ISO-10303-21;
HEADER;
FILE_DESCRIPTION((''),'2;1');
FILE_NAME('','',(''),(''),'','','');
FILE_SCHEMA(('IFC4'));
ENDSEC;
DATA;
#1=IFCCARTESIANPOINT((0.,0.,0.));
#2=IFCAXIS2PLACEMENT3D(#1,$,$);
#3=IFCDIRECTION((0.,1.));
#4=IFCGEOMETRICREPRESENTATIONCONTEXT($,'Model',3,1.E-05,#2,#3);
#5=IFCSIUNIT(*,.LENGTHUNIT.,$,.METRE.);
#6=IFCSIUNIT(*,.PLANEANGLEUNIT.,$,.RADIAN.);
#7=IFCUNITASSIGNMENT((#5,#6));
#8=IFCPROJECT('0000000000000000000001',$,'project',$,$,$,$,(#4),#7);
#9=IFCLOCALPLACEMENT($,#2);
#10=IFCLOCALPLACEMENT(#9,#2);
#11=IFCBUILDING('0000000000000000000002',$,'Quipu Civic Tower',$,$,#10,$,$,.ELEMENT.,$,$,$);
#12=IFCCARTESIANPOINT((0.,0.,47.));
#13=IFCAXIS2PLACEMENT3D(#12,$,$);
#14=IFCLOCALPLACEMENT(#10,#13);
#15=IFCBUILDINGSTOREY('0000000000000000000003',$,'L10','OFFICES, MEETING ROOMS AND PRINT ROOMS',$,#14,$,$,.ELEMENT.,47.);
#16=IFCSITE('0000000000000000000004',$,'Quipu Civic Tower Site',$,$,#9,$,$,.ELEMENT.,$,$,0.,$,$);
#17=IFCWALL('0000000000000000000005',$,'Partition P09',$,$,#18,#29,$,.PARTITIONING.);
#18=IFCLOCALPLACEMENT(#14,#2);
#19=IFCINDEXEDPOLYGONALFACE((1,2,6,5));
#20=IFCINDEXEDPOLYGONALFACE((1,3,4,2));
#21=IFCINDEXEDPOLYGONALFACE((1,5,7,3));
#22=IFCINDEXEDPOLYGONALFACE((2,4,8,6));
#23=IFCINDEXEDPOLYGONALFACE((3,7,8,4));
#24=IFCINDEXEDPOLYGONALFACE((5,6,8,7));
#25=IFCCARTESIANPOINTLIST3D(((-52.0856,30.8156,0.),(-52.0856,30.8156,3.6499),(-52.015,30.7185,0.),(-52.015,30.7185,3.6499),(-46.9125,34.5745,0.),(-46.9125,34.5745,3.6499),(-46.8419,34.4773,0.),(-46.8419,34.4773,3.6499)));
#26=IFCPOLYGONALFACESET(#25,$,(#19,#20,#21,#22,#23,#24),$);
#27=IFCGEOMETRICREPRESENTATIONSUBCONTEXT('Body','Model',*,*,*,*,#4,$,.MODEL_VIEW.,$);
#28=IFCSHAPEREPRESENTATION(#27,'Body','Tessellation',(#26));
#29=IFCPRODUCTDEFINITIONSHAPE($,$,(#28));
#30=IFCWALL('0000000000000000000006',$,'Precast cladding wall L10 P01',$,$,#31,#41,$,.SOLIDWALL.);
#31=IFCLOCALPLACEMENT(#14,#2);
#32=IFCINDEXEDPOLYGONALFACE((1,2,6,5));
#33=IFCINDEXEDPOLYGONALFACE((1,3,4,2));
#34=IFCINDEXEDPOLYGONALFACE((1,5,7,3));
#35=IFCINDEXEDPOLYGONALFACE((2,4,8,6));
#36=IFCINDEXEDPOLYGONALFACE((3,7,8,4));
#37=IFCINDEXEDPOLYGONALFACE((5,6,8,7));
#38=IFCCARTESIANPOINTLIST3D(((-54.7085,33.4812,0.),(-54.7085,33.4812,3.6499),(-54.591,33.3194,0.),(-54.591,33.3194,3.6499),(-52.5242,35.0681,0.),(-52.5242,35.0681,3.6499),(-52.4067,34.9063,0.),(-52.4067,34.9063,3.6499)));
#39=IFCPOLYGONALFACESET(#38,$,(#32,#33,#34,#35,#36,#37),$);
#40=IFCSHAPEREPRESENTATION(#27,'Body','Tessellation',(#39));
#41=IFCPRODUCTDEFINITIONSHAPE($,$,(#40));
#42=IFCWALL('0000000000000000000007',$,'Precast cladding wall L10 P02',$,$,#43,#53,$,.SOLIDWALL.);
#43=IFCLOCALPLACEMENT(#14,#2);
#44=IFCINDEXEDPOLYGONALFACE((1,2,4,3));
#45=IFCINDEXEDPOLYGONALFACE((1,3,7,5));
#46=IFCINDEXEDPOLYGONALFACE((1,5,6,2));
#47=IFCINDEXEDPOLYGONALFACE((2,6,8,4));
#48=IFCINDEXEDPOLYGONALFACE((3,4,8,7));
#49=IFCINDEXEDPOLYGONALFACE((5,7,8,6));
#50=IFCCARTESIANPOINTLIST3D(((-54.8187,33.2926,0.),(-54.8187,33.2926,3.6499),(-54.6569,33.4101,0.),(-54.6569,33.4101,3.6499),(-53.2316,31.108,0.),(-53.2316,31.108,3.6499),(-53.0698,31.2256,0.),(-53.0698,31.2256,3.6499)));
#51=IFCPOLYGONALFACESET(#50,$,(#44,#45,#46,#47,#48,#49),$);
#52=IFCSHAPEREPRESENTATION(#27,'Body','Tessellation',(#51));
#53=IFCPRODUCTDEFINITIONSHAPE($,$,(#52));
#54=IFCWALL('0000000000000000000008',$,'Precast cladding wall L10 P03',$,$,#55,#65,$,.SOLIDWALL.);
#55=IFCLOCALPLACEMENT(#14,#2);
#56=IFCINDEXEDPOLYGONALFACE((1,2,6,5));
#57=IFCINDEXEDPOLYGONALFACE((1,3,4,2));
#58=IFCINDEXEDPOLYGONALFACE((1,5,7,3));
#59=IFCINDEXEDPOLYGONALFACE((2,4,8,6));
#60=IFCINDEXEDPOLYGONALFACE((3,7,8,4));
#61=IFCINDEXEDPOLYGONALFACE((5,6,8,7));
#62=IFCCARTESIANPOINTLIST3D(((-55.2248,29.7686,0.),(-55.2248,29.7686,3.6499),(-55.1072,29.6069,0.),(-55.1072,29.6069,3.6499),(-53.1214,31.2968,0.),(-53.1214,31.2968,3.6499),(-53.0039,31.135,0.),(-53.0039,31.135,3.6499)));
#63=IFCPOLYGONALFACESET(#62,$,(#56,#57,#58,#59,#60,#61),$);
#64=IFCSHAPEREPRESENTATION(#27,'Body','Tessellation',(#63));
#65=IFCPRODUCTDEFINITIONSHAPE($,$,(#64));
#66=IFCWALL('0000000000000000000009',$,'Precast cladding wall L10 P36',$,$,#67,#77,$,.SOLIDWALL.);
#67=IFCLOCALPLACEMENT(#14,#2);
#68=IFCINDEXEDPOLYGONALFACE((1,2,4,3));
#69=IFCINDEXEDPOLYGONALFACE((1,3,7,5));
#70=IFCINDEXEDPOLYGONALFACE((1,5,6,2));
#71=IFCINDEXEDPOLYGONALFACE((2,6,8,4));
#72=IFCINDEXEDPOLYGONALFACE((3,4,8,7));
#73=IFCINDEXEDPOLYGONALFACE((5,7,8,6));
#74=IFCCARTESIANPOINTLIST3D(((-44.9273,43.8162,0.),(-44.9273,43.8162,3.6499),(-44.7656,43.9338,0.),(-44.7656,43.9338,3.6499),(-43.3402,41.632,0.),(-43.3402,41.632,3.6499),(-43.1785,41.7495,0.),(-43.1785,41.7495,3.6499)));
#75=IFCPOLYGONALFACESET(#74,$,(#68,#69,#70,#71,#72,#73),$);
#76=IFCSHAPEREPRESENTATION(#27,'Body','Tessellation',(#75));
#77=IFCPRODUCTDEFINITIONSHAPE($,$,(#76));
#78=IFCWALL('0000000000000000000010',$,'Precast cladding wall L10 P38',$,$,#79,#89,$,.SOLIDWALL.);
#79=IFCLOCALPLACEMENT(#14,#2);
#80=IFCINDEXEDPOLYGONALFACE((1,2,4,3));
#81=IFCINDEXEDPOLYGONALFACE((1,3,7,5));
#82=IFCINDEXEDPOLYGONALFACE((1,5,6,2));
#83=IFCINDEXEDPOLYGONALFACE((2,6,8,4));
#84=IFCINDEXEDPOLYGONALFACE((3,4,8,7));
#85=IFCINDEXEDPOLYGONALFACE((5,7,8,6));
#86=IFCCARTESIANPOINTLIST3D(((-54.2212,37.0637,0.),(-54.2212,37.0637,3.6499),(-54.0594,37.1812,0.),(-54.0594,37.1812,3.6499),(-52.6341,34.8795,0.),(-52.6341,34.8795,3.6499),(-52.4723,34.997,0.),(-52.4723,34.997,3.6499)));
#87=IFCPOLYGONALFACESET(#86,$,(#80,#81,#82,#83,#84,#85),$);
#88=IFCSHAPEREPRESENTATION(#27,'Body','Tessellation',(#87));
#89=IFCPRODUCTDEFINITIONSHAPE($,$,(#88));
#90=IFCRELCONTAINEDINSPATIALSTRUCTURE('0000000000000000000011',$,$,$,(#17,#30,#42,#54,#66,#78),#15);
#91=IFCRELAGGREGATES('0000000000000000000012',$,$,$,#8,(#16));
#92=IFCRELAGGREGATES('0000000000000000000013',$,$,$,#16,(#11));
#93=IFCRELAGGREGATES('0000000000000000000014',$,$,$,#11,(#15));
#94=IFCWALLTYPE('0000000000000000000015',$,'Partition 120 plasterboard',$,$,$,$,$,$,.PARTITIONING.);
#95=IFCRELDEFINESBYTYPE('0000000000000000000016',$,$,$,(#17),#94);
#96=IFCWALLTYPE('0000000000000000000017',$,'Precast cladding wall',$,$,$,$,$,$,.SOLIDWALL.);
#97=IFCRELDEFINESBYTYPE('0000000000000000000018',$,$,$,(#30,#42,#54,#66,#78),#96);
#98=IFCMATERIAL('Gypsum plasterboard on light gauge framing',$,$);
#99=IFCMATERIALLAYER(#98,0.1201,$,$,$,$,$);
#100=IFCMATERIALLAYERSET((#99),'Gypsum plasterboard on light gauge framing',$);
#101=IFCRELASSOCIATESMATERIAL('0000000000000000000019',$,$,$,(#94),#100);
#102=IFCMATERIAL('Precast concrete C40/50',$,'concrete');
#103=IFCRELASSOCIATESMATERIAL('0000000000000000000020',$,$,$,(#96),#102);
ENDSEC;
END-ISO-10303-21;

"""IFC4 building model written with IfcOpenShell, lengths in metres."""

from ifc_helpers import new_model, si_unit, direction, frame, frame_2d, origin, place, context, subcontext, project, spatial, rectangle, extrude, material, layer, layer_set, type_object, element, save


model = new_model("IFC4")

# Units and contexts
model_context = context("Model", 3, precision=1e-05, world=origin(), true_north=direction((0.0, 1.0)))
body_context = subcontext(model_context, "Body", "Model", "MODEL_VIEW")
ifc_project = project(units=[si_unit("LENGTHUNIT", "METRE"), si_unit("PLANEANGLEUNIT", "RADIAN")], contexts=[model_context])

# Site, building, storey
site_placement = place(None, origin())
site = spatial("IfcSite", under=ifc_project, at=site_placement, Name="Quipu Civic Tower Site", CompositionType="ELEMENT", RefElevation=0.0)
building_placement = place(site_placement, origin())
building = spatial("IfcBuilding", under=site, at=building_placement, Name="Quipu Civic Tower", CompositionType="ELEMENT")
storey_placement = place(building_placement, frame((0.0, 0.0, 47.0)))
storey = spatial("IfcBuildingStorey", under=building, at=storey_placement, Name="L10", Description="OFFICES, MEETING ROOMS AND PRINT ROOMS", CompositionType="ELEMENT", Elevation=47.0)

# Walls
ifc_material_1 = material(Name="Gypsum plasterboard on light gauge framing")
ifc_layer_1 = layer(ifc_material_1, 0.1201)
ifc_layer_set_1 = layer_set([ifc_layer_1], Name="Gypsum plasterboard on light gauge framing")
wall_type_1 = type_object("IfcWallType", Name="Partition 120 plasterboard", PredefinedType="PARTITIONING", material=ifc_layer_set_1)
wall_1_placement = place(storey_placement, frame((-46.8772, 34.5259, 0.0), z_axis=(0.0, 0.0, 1.0), x_axis=(-0.808994, -0.587817, 0.0)))
element("IfcWall", 1, at=wall_1_placement, inside=storey, type_object=wall_type_1, Name="Partition P09", PredefinedType="PARTITIONING", context=body_context, shape_type="SweptSolid", body=[
    extrude(rectangle(XDim=6.3945, YDim=0.1201, at=frame_2d((3.1973, 0.0))), origin(), (0.0, 0.0, 1.0), 3.6499),
])
ifc_material_2 = material(Name="Precast concrete C40/50", Category="concrete")
wall_type_2 = type_object("IfcWallType", Name="Precast cladding wall", PredefinedType="SOLIDWALL", material=ifc_material_2)
wall_2_placement = place(storey_placement, frame((-52.4653, 34.9873, 0.0), z_axis=(0.0, 0.0, 1.0), x_axis=(-0.809033, -0.587763, 0.0)))
element("IfcWall", 2, at=wall_2_placement, inside=storey, type_object=wall_type_2, Name="Precast cladding wall L10 P01", PredefinedType="SOLIDWALL", context=body_context, shape_type="SweptSolid", body=[
    extrude(rectangle(XDim=2.7, YDim=0.2, at=frame_2d((1.3501, 0.0))), origin(), (0.0, 0.0, 1.0), 3.6499),
])
wall_3_placement = place(storey_placement, frame((-54.7378, 33.3513, 0.0), z_axis=(0.0, 0.0, 1.0), x_axis=(0.587779, -0.809021, 0.0)))
element("IfcWall", 3, at=wall_3_placement, inside=storey, type_object=wall_type_2, Name="Precast cladding wall L10 P02", PredefinedType="SOLIDWALL", context=body_context, shape_type="SweptSolid", body=[
    extrude(rectangle(XDim=2.7002, YDim=0.2, at=frame_2d((1.3501, 0.0))), origin(), (0.0, 0.0, 1.0), 3.6499),
])
wall_4_placement = place(storey_placement, frame((-53.0627, 31.2158, 0.0), z_axis=(0.0, 0.0, 1.0), x_axis=(-0.809024, -0.587775, 0.0)))
element("IfcWall", 4, at=wall_4_placement, inside=storey, type_object=wall_type_2, Name="Precast cladding wall L10 P03", PredefinedType="SOLIDWALL", context=body_context, shape_type="SweptSolid", body=[
    extrude(rectangle(XDim=2.5999, YDim=0.2, at=frame_2d((1.2998, 0.0))), origin(), (0.0, 0.0, 1.0), 3.6499),
])
for number, where, z_axis, x_axis, name in (
    (5, (-43.2593, 41.6907, 0.0), (0.0, 0.0, 1.0), (-0.587822, 0.80899, 0.0), "Precast cladding wall L10 P36"),
    (6, (-54.1404, 37.1226, 0.0), (0.0, 0.0, 1.0), (0.587822, -0.80899, 0.0), "Precast cladding wall L10 P38"),
):
    element("IfcWall", number, at=place(storey_placement, frame(where, z_axis=z_axis, x_axis=x_axis)), inside=storey, type_object=wall_type_2, Name=name, PredefinedType="SOLIDWALL", context=body_context, shape_type="SweptSolid", body=[
        extrude(rectangle(XDim=2.7, YDim=0.2, at=frame_2d((1.3501, 0.0))), origin(), (0.0, 0.0, 1.0), 3.6499),
    ])

save(model, "model.ifc")
